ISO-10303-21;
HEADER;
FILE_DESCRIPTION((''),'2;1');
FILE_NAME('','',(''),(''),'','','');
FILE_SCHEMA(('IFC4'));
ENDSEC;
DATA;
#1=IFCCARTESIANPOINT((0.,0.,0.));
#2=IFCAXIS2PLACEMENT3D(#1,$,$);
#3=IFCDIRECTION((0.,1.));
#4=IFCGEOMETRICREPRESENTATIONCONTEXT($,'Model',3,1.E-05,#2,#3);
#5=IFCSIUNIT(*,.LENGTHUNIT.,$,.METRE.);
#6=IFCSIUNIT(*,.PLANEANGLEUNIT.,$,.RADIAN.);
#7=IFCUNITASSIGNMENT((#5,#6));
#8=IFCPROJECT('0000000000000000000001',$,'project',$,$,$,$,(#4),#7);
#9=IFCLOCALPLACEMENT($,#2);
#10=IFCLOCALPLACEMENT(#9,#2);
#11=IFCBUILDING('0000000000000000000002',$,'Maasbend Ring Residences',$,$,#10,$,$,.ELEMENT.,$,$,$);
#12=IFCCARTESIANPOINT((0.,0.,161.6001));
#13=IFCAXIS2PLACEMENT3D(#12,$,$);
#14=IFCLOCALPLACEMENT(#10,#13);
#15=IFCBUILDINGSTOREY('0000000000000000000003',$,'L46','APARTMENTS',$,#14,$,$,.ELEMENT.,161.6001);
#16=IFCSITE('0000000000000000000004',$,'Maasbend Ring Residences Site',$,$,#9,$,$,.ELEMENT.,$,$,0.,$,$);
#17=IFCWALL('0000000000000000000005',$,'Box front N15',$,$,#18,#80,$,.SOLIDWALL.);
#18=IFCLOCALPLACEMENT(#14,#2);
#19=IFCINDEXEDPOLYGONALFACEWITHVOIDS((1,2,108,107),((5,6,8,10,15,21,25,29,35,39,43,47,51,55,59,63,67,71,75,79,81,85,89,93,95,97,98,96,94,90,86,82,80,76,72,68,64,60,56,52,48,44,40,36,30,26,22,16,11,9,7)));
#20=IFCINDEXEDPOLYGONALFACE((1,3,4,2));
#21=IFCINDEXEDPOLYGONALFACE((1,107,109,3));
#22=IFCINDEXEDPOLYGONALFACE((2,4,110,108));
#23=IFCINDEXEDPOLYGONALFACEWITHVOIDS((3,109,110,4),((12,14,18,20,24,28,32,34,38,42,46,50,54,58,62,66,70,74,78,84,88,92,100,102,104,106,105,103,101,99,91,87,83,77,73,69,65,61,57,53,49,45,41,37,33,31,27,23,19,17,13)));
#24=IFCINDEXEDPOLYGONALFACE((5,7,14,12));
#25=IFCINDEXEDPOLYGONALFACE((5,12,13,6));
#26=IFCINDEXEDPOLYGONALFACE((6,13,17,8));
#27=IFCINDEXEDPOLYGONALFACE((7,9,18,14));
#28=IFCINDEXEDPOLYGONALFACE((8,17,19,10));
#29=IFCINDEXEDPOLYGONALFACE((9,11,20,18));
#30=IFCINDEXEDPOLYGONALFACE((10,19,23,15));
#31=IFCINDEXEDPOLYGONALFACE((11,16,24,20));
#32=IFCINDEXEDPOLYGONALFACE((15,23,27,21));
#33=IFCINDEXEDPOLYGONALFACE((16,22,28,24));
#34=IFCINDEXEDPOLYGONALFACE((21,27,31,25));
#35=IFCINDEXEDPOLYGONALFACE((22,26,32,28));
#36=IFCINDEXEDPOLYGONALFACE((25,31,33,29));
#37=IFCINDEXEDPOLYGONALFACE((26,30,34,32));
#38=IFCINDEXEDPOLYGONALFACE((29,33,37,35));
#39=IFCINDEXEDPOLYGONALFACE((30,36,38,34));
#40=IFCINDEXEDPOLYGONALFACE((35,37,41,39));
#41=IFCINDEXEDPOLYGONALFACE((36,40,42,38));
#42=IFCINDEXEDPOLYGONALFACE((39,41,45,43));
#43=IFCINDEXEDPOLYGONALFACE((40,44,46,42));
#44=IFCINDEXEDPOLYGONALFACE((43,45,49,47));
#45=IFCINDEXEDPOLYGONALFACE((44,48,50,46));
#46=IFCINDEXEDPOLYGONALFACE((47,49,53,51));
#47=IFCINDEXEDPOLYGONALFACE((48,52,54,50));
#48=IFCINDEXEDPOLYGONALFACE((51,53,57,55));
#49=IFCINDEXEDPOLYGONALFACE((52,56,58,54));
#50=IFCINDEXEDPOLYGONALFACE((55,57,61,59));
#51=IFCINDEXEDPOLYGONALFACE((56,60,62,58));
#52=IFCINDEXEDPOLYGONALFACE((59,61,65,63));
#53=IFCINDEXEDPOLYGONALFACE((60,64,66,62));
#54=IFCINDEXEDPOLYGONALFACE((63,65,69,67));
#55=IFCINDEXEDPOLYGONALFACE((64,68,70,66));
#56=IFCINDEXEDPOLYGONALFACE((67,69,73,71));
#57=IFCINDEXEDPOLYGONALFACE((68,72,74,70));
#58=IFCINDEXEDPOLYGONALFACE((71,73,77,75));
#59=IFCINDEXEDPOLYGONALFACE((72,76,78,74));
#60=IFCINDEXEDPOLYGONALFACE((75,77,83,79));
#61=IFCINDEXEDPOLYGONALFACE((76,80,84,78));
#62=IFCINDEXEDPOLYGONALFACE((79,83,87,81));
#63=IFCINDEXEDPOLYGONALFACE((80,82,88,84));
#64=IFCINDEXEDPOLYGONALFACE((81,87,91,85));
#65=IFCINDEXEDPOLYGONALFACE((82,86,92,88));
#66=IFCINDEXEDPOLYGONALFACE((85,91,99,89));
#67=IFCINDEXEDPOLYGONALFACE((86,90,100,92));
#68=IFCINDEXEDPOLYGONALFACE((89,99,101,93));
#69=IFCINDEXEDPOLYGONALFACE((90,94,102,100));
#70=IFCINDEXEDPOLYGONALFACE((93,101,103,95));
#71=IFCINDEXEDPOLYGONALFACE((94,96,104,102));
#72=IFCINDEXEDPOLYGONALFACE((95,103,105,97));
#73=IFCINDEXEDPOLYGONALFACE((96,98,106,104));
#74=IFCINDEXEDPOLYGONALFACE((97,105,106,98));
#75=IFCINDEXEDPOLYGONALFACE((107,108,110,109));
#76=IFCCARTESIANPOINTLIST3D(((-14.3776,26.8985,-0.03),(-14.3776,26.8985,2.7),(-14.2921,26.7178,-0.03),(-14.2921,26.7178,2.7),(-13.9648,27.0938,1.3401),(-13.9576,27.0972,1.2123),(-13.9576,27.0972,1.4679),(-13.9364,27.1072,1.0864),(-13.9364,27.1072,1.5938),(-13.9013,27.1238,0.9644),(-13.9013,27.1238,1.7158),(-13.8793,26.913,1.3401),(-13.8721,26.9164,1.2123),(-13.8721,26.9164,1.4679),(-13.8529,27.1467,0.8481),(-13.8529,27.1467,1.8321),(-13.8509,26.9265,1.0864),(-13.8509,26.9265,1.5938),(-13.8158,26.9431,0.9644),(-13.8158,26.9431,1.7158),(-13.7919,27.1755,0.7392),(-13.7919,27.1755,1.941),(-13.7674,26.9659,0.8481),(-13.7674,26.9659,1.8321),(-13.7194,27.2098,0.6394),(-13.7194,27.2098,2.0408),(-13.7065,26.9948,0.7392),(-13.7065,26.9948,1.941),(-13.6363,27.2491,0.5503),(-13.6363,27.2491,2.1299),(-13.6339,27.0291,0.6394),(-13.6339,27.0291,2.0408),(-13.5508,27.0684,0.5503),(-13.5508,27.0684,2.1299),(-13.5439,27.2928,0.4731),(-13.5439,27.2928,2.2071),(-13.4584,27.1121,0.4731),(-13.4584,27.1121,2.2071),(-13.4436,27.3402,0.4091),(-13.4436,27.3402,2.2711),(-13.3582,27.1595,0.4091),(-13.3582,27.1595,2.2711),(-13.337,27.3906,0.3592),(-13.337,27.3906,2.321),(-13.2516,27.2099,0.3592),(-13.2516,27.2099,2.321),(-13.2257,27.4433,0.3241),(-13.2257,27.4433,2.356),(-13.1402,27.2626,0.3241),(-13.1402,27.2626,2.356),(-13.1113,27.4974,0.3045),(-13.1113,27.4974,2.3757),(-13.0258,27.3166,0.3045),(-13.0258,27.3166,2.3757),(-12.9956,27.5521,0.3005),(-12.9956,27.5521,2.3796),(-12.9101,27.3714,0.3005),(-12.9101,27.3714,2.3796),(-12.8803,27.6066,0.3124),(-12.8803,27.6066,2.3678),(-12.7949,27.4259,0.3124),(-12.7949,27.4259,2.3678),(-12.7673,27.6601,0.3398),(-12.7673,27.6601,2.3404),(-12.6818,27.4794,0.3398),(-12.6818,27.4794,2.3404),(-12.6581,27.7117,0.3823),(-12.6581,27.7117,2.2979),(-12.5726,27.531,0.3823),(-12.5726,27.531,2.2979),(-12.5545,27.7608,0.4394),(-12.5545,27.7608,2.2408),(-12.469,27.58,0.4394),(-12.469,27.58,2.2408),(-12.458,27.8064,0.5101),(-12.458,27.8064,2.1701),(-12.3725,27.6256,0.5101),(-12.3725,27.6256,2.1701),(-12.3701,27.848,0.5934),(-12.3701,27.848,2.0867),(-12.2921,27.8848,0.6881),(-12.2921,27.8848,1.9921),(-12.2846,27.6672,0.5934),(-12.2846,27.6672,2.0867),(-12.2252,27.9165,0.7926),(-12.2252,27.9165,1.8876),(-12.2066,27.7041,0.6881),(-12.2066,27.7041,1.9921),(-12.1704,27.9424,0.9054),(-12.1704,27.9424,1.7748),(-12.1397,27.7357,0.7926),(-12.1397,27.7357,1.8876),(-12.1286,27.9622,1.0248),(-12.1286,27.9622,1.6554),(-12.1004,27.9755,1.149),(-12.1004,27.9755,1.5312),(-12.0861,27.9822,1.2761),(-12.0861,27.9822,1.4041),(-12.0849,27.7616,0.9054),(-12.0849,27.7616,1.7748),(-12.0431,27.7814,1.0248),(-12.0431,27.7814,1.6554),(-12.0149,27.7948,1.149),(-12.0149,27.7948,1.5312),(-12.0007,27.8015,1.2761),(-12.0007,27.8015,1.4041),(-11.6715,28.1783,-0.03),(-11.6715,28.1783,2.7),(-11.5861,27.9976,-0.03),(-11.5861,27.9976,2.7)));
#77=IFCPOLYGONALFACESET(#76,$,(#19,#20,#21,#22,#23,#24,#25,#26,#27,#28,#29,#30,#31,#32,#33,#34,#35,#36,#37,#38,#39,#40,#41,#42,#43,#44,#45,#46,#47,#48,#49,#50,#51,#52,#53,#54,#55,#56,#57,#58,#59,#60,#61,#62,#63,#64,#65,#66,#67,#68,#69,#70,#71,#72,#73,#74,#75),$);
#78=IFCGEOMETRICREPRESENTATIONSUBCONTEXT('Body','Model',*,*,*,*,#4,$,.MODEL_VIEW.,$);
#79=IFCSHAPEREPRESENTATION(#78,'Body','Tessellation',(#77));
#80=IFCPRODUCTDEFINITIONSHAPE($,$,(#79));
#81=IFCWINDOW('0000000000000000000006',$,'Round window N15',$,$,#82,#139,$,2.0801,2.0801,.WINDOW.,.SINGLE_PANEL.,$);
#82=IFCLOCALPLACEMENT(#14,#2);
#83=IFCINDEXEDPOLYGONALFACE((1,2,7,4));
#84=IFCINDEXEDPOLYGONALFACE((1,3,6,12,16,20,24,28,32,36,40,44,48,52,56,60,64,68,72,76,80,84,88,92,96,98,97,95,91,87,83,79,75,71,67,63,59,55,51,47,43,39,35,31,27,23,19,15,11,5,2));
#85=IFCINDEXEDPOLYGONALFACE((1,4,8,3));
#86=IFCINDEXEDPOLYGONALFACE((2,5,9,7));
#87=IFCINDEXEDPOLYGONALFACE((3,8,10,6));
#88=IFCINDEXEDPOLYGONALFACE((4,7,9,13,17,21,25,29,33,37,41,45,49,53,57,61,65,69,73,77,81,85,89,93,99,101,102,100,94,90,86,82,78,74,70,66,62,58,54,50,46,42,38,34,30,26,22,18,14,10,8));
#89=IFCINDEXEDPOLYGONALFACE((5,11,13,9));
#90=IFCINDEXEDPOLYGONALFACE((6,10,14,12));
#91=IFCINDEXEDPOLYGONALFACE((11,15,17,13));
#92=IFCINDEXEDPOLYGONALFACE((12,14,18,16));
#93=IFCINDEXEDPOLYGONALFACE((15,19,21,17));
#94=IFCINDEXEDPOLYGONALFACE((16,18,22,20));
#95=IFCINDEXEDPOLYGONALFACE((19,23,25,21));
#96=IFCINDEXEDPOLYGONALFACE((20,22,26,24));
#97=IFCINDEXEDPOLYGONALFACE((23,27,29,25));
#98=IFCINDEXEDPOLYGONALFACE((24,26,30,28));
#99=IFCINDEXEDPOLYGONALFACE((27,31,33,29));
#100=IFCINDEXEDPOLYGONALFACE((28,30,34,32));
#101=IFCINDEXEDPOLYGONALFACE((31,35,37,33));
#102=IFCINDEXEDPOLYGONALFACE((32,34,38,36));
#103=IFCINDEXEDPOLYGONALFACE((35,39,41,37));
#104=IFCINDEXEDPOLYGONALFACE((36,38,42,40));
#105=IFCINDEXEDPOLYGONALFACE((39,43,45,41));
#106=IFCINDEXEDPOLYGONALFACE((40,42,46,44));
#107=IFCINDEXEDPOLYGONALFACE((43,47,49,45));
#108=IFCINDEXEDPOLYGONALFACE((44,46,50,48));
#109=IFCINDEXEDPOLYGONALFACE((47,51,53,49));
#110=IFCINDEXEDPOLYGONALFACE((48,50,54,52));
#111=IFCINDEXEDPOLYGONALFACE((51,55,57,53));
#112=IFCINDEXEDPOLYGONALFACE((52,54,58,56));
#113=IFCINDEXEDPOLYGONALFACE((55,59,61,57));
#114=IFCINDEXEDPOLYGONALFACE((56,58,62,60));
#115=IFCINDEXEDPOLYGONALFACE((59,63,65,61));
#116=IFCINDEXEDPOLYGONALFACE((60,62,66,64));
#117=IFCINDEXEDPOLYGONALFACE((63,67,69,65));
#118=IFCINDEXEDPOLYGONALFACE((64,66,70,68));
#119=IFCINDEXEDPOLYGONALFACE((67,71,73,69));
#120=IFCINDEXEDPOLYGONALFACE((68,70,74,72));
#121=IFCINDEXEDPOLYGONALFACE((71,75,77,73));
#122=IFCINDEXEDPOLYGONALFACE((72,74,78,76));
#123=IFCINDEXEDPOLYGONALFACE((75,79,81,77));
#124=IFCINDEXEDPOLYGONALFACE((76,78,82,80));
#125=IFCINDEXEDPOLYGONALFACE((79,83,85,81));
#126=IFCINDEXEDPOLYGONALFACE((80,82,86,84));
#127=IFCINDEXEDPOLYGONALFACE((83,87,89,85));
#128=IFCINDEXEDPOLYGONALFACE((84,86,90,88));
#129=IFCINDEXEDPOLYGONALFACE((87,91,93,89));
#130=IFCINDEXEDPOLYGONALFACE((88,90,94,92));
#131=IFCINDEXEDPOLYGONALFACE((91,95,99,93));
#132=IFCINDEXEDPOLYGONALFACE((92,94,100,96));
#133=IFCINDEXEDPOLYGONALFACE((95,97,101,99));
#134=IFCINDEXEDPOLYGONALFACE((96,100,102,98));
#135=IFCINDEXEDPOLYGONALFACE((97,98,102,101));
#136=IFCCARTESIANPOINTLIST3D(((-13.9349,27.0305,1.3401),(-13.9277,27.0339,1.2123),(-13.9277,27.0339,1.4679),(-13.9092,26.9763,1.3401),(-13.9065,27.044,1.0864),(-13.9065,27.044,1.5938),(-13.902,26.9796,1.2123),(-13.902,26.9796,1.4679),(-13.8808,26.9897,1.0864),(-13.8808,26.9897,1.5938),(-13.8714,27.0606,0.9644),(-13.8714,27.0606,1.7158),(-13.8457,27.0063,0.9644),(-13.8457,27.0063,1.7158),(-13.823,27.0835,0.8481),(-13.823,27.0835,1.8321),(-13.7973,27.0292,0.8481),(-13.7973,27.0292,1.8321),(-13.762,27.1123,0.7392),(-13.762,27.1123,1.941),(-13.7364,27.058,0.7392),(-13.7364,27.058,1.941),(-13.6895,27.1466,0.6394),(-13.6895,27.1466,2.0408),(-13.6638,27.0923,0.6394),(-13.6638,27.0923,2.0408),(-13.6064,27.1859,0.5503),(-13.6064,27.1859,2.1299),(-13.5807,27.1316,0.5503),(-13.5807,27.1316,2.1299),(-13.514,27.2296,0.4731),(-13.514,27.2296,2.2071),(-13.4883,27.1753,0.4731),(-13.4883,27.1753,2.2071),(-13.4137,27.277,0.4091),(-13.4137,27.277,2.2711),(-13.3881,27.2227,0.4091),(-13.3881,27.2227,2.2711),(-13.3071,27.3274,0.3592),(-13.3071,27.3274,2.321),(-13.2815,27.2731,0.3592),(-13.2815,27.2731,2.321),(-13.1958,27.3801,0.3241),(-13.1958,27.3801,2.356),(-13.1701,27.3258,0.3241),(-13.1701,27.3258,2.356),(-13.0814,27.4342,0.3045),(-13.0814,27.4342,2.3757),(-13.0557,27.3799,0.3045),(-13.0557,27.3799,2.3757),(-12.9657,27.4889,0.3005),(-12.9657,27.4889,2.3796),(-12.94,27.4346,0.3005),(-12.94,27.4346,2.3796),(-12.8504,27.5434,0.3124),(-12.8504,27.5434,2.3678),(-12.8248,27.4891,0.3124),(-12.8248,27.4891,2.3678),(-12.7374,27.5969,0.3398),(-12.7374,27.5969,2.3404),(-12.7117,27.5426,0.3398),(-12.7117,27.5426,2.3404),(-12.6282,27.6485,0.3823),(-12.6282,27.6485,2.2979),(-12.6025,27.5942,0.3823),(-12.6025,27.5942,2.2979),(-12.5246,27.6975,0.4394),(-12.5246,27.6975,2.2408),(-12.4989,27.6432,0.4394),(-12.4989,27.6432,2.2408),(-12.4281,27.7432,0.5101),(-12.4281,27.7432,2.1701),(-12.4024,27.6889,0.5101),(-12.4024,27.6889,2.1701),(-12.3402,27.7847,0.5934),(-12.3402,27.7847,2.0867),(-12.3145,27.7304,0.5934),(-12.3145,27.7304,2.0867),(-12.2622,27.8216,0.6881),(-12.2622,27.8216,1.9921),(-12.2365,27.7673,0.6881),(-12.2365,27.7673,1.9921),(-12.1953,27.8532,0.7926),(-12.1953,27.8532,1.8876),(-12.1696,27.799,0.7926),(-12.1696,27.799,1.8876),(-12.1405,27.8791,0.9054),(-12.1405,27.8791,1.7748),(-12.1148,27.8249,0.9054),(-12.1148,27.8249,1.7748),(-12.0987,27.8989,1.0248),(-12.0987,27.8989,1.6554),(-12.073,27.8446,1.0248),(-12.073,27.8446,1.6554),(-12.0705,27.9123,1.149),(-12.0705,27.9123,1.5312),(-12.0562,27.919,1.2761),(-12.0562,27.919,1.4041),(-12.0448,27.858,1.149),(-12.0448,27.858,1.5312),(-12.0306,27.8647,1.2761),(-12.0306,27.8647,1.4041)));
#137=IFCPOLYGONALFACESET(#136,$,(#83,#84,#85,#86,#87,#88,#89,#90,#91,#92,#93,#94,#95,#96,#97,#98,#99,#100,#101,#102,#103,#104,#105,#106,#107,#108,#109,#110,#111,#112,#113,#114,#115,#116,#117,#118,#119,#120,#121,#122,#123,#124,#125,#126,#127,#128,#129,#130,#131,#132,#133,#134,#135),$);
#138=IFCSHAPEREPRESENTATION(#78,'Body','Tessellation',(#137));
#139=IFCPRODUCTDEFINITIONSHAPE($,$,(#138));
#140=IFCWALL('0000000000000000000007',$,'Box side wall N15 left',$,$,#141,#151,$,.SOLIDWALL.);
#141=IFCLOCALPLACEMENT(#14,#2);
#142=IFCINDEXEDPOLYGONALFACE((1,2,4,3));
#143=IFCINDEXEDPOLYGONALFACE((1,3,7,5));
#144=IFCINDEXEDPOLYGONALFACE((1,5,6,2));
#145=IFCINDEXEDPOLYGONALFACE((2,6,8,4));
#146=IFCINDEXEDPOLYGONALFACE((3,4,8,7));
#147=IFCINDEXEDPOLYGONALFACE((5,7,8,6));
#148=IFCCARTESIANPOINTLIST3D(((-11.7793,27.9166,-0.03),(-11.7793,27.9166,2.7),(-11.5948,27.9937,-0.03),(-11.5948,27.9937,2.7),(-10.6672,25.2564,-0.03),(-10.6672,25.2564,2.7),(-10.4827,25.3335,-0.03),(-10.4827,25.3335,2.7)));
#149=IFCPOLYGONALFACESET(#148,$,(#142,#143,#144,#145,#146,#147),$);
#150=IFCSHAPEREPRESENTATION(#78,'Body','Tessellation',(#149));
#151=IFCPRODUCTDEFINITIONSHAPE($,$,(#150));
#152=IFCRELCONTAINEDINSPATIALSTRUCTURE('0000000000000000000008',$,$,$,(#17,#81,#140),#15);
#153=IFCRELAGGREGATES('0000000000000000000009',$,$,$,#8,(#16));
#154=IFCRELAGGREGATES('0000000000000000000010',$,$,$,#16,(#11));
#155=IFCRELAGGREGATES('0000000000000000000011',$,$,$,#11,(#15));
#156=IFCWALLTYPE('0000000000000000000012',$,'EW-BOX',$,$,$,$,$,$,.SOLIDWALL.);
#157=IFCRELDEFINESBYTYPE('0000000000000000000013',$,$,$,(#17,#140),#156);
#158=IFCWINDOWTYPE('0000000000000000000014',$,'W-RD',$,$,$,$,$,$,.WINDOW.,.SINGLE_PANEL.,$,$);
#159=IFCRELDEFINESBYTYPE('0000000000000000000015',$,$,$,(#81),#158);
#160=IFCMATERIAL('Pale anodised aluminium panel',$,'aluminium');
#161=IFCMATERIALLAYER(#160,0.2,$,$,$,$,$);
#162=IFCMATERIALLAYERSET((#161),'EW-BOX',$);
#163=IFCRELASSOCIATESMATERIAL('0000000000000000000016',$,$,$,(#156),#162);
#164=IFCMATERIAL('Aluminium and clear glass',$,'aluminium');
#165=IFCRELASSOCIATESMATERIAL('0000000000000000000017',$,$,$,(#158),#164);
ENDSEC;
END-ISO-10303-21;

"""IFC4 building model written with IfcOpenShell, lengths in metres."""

from ifc_helpers import new_model, si_unit, direction, frame, frame_2d, origin, place, context, subcontext, project, spatial, rectangle, circle, extrude, material, layer, layer_set, type_object, element, fill, save


model = new_model("IFC4")

# Units and contexts
model_context = context("Model", 3, precision=1e-05, world=origin(), true_north=direction((0.0, 1.0)))
body_context = subcontext(model_context, "Body", "Model", "MODEL_VIEW")
ifc_project = project(units=[si_unit("LENGTHUNIT", "METRE"), si_unit("PLANEANGLEUNIT", "RADIAN")], contexts=[model_context])

# Site, building, storey
site_placement = place(None, origin())
site = spatial("IfcSite", under=ifc_project, at=site_placement, Name="Maasbend Ring Residences Site", CompositionType="ELEMENT", RefElevation=0.0)
building_placement = place(site_placement, origin())
building = spatial("IfcBuilding", under=site, at=building_placement, Name="Maasbend Ring Residences", CompositionType="ELEMENT")
storey_placement = place(building_placement, frame((0.0, 0.0, 161.6001)))
storey = spatial("IfcBuildingStorey", under=building, at=storey_placement, Name="L46", Description="APARTMENTS", CompositionType="ELEMENT", Elevation=161.6001)

# Shared definitions
ifc_material_1 = material(Name="Pale anodised aluminium panel", Category="aluminium")
ifc_layer_1 = layer(ifc_material_1, 0.2)
ifc_layer_set_1 = layer_set([ifc_layer_1], Name="EW-BOX")
wall_type_1 = type_object("IfcWallType", Name="EW-BOX", PredefinedType="SOLIDWALL", material=ifc_layer_set_1)

# Shared definitions
ifc_material_2 = material(Name="Aluminium and clear glass", Category="aluminium")
window_type_1 = type_object("IfcWindowType", Name="W-RD", PartitioningType="SINGLE_PANEL", PredefinedType="WINDOW", material=ifc_material_2)

# Wall, opening, window
wall_1_placement = place(storey_placement, frame((-11.6289, 28.0879, -0.03), z_axis=(0.0, 0.0, 1.0), x_axis=(-0.904, -0.427532, 0.0)))
wall_1 = element("IfcWall", 1, at=wall_1_placement, inside=storey, type_object=wall_type_1, Name="Box front N15", PredefinedType="SOLIDWALL", context=body_context, shape_type="SweptSolid", body=[
    extrude(rectangle(XDim=2.9934, YDim=0.2, at=frame_2d((1.4966, 0.0))), origin(), (0.0, 0.0, 1.0), 2.73),
])
opening_1_placement = place(wall_1_placement, frame((0.4565, 0.0, 0.3301)))
opening_1 = element("IfcOpeningElement", 2, at=opening_1_placement, cuts=wall_1, PredefinedType="OPENING", context=body_context, shape_type="SweptSolid", body=[
    extrude(circle(Radius=1.04, at=frame_2d((1.04, 1.04))), frame((0.0, 0.1099, 0.0), z_axis=(0.0, -1.0, 0.0), x_axis=(1.0, 0.0, 0.0)), (0.0, 0.0, 1.0), 0.22),
])
window_1_placement = place(opening_1_placement, origin())
window_1 = element("IfcWindow", 3, at=window_1_placement, inside=storey, type_object=window_type_1, Name="Round window N15", OverallHeight=2.0801, OverallWidth=2.0801, PartitioningType="SINGLE_PANEL", PredefinedType="WINDOW", context=body_context, shape_type="SweptSolid", body=[
    extrude(circle(Radius=1.04, at=frame_2d((1.04, 1.04))), frame((0.0, 0.03, 0.0), z_axis=(0.0, -1.0, 0.0), x_axis=(1.0, 0.0, 0.0)), (0.0, 0.0, 1.0), 0.0601),
])
fill(opening_1, window_1)

# Wall
wall_2_placement = place(storey_placement, frame((-10.575, 25.2949, -0.03), z_axis=(0.0, 0.0, 1.0), x_axis=(-0.385697, 0.922625, 0.0)))
element("IfcWall", 4, at=wall_2_placement, inside=storey, type_object=wall_type_1, Name="Box side wall N15 left", PredefinedType="SOLIDWALL", context=body_context, shape_type="SweptSolid", body=[
    extrude(rectangle(XDim=2.8833, YDim=0.2, at=frame_2d((1.4417, 0.0))), origin(), (0.0, 0.0, 1.0), 2.73),
])

save(model, "model.ifc")
